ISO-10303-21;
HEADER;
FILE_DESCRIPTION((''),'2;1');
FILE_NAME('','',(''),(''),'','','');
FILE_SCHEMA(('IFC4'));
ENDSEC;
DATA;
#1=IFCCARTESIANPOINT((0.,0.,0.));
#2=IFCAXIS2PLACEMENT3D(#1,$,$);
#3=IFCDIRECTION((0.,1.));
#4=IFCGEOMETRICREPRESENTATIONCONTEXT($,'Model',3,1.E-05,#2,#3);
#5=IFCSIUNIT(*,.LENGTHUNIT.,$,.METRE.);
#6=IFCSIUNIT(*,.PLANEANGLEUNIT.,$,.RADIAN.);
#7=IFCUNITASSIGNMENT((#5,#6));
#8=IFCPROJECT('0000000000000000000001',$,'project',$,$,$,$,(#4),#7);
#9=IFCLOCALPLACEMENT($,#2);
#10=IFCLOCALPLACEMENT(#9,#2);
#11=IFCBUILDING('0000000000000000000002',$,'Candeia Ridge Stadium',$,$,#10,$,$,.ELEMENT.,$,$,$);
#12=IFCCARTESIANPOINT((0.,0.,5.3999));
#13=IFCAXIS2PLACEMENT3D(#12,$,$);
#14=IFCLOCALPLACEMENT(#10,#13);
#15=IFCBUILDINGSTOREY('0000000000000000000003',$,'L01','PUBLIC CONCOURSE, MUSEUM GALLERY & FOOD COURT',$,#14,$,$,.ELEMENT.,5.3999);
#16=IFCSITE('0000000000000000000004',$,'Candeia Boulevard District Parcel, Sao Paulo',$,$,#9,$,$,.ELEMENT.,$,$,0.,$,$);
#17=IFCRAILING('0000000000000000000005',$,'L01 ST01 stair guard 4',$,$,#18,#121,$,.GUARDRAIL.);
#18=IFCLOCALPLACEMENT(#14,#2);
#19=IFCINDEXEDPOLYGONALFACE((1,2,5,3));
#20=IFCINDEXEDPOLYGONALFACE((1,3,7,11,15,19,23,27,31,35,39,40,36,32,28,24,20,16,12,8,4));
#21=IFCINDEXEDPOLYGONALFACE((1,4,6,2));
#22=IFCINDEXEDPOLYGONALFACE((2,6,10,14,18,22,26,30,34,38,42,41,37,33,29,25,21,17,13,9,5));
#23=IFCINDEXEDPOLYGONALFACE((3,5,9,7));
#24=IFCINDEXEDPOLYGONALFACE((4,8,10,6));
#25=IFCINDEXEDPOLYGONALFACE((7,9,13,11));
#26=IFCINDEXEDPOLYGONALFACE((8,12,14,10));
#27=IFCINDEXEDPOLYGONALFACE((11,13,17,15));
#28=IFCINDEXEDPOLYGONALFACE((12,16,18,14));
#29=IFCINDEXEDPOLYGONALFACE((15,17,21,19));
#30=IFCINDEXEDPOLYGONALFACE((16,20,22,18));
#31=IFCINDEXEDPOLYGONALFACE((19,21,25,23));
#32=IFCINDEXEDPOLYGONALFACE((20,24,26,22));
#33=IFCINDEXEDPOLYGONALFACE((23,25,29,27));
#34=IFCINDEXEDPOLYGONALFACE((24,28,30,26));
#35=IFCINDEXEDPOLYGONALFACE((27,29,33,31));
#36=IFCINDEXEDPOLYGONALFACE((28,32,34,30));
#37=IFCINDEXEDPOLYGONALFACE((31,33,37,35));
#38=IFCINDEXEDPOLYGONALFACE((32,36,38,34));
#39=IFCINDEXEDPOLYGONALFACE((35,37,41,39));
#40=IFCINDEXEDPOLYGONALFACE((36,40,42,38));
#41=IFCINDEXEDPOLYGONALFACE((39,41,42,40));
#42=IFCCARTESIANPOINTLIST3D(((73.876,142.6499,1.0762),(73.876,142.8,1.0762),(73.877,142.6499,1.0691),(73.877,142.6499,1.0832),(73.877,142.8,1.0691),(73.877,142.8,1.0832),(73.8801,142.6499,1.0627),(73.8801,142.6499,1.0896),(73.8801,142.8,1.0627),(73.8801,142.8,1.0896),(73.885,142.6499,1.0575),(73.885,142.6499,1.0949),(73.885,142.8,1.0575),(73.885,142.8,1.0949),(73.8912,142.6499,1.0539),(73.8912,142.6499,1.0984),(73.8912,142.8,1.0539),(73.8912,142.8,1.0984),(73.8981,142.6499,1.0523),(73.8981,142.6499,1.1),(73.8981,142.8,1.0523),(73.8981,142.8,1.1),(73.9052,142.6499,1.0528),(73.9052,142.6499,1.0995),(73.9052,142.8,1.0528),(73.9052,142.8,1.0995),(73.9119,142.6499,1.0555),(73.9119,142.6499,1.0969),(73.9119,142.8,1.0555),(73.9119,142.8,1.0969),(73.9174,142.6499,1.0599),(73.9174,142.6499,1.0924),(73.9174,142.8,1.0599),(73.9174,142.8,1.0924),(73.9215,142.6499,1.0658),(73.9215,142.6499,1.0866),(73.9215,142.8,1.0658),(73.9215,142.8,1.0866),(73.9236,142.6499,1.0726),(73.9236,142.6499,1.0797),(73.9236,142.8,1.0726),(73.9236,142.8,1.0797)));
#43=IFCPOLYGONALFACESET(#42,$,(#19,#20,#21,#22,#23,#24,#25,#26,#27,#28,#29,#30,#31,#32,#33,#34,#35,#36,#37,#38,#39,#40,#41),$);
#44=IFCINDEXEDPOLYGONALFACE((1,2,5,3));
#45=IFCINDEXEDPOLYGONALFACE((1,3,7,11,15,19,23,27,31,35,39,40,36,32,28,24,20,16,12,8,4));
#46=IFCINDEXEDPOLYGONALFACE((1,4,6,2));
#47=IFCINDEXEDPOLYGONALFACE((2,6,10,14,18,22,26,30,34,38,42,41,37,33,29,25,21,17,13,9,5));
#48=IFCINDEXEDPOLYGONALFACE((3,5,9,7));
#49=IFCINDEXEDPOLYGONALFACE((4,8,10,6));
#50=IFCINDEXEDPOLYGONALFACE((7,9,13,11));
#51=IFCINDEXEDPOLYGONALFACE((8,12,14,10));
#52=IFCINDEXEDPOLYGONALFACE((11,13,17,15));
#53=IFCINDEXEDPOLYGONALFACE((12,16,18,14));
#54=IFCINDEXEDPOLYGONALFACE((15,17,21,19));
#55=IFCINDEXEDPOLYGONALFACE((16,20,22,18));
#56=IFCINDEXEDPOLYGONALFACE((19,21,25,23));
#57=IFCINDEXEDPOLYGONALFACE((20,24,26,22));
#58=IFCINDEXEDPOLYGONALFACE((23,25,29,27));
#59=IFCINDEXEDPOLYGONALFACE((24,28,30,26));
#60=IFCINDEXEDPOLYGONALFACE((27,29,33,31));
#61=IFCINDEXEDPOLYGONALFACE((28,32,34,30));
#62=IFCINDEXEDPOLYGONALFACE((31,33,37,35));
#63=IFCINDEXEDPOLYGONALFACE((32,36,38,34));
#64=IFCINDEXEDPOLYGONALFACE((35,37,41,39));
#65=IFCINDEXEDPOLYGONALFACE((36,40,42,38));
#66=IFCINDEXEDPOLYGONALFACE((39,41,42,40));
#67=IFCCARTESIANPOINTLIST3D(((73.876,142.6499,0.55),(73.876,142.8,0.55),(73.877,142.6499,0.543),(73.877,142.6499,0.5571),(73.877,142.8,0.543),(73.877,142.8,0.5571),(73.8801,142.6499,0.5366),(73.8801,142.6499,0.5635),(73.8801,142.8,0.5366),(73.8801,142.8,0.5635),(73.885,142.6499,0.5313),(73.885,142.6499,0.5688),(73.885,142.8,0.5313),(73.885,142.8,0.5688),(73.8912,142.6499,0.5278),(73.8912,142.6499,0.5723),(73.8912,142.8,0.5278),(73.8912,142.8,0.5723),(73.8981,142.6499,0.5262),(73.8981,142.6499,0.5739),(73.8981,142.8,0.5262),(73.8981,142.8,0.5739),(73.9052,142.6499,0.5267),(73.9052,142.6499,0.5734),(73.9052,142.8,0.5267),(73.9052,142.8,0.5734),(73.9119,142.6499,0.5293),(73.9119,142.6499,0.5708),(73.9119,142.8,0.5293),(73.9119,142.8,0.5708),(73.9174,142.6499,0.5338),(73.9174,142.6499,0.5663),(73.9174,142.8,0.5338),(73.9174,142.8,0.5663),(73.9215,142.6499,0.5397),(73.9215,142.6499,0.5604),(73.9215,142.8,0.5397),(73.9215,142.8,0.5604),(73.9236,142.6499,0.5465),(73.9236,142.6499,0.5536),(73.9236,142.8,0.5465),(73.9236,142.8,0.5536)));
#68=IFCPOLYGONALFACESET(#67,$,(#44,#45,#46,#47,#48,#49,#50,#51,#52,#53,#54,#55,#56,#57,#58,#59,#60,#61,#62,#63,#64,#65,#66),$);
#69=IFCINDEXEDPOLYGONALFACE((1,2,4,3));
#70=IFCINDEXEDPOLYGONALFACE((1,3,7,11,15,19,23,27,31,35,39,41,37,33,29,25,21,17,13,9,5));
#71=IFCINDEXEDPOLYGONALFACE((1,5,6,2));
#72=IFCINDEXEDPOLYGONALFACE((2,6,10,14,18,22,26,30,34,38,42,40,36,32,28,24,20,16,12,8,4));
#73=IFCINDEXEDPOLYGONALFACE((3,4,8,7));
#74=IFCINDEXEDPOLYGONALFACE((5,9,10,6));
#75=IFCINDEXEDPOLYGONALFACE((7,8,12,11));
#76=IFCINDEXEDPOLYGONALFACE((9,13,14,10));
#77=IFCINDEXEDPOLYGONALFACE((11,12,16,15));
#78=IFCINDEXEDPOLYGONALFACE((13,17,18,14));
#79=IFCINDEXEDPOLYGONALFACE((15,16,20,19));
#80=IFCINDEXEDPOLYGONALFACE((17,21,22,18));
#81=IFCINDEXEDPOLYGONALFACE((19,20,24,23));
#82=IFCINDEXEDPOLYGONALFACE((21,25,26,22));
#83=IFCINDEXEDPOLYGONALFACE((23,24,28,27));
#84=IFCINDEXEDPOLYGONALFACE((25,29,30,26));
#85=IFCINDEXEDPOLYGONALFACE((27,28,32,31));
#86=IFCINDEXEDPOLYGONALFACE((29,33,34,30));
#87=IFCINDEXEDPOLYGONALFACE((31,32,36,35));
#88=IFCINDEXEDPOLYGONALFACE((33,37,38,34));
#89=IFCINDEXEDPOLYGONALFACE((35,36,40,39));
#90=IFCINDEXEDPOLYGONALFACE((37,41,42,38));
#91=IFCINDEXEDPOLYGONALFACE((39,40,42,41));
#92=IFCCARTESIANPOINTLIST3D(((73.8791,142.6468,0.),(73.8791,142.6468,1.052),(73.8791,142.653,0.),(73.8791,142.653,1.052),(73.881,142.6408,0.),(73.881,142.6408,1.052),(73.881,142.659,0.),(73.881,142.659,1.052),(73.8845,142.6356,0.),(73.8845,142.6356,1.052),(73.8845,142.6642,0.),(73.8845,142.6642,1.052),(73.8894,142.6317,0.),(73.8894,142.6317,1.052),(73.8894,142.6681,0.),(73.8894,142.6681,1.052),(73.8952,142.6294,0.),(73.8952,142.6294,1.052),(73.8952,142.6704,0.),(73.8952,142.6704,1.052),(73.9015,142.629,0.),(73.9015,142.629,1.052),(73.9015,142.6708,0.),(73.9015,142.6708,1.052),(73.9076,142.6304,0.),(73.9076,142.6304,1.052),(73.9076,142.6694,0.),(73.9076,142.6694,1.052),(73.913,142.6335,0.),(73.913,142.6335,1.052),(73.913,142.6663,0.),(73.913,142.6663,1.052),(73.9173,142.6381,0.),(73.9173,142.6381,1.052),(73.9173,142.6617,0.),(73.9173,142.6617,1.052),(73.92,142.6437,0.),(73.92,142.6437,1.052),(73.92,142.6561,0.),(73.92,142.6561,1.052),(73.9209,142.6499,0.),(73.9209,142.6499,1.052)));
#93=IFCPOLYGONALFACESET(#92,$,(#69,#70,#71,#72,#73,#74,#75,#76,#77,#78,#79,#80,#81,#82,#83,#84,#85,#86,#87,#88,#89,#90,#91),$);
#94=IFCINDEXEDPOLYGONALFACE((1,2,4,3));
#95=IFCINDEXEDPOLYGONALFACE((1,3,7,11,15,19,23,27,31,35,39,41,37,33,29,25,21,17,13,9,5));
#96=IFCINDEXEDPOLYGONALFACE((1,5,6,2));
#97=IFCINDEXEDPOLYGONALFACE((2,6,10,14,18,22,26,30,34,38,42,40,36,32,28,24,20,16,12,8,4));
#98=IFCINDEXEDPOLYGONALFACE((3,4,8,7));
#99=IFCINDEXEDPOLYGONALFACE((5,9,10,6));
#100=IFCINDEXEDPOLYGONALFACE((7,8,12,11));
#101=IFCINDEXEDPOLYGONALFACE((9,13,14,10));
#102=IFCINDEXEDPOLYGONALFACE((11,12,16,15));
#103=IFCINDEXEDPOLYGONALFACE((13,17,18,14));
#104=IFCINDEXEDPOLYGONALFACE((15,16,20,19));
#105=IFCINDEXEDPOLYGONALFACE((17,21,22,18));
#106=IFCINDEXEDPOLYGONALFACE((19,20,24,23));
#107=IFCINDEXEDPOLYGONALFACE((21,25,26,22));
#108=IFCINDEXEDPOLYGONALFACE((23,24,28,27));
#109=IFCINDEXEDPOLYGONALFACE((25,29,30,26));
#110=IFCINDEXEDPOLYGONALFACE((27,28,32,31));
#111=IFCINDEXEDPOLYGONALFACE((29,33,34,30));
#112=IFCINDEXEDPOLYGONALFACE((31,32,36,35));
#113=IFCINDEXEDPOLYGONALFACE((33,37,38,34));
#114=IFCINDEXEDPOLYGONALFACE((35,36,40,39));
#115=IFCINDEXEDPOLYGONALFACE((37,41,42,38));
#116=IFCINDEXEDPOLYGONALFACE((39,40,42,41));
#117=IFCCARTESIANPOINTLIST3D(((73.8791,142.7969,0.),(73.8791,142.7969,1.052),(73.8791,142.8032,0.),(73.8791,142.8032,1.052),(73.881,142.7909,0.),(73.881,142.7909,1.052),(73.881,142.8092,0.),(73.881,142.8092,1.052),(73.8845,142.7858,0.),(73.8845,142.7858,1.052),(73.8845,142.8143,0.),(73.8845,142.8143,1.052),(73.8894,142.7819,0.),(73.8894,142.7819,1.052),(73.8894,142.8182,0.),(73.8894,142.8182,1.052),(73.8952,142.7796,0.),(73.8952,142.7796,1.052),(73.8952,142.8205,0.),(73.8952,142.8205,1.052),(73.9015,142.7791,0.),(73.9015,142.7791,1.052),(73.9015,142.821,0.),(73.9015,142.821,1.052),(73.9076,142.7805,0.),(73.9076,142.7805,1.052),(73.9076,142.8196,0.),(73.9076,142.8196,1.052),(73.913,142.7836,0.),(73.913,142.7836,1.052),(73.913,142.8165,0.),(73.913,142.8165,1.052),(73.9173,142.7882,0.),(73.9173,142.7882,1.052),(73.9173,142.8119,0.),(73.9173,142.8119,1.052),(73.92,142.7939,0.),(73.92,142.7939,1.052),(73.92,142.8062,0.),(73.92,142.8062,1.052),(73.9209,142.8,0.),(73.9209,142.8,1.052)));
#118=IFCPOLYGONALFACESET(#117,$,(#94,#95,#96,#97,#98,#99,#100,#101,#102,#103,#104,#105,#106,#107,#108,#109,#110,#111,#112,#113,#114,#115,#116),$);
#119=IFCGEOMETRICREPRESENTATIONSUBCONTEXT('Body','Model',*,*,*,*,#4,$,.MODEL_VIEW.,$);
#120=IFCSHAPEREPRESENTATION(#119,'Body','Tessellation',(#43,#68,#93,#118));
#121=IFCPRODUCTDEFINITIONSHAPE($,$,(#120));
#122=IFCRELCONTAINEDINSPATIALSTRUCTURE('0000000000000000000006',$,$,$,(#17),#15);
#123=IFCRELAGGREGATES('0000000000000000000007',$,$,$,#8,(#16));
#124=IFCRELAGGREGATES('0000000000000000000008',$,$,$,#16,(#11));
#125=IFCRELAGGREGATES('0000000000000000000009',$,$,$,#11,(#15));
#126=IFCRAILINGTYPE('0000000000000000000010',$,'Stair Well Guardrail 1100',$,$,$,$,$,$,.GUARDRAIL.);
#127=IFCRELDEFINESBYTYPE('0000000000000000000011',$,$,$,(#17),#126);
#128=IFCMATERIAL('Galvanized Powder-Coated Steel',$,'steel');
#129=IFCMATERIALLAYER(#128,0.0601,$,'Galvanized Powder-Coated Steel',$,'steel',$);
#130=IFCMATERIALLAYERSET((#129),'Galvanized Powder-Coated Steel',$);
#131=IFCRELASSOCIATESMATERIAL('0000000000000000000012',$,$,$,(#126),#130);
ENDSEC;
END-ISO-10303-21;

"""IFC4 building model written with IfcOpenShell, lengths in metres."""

from ifc_helpers import new_model, si_unit, direction, frame, origin, origin_2d, place, context, subcontext, project, spatial, circle, extrude, material, layer, layer_set, type_object, element, save


model = new_model("IFC4")

# Units and contexts
model_context = context("Model", 3, precision=1e-05, world=origin(), true_north=direction((0.0, 1.0)))
body_context = subcontext(model_context, "Body", "Model", "MODEL_VIEW")
ifc_project = project(units=[si_unit("LENGTHUNIT", "METRE"), si_unit("PLANEANGLEUNIT", "RADIAN")], contexts=[model_context])

# Site, building, storey
site_placement = place(None, origin())
site = spatial("IfcSite", under=ifc_project, at=site_placement, Name="Candeia Boulevard District Parcel, Sao Paulo", CompositionType="ELEMENT", RefElevation=0.0)
building_placement = place(site_placement, origin())
building = spatial("IfcBuilding", under=site, at=building_placement, Name="Candeia Ridge Stadium", CompositionType="ELEMENT")
storey_placement = place(building_placement, frame((0.0, 0.0, 5.3999)))
storey = spatial("IfcBuildingStorey", under=building, at=storey_placement, Name="L01", Description="PUBLIC CONCOURSE, MUSEUM GALLERY & FOOD COURT", CompositionType="ELEMENT", Elevation=5.3999)

# Railing
ifc_material_1 = material(Name="Galvanized Powder-Coated Steel", Category="steel")
ifc_layer_1 = layer(ifc_material_1, 0.0601, Name="Galvanized Powder-Coated Steel", Category="steel")
ifc_layer_set_1 = layer_set([ifc_layer_1], Name="Galvanized Powder-Coated Steel")
railing_type_1 = type_object("IfcRailingType", Name="Stair Well Guardrail 1100", PredefinedType="GUARDRAIL", material=ifc_layer_set_1)
railing_1_placement = place(storey_placement, frame((73.8999, 142.6499, 0.0)))
element("IfcRailing", 1, at=railing_1_placement, inside=storey, type_object=railing_type_1, Name="L01 ST01 stair guard 4", PredefinedType="GUARDRAIL", context=body_context, shape_type="SweptSolid", body=[
    extrude(circle(Radius=0.0239, at=origin_2d()), frame((0.0, 0.0, 1.0762), z_axis=(0.0, 1.0, 0.0), x_axis=(-1.0, 0.0, 0.0)), (0.0, 0.0, 1.0), 0.1501),
    extrude(circle(Radius=0.0239, at=origin_2d()), frame((0.0, 0.0, 0.55), z_axis=(0.0, 1.0, 0.0), x_axis=(-1.0, 0.0, 0.0)), (0.0, 0.0, 1.0), 0.1501),
    extrude(circle(Radius=0.021, at=origin_2d()), origin(), (0.0, 0.0, 1.0), 1.052),
    extrude(circle(Radius=0.021, at=origin_2d()), frame((0.0, 0.1501, 0.0)), (0.0, 0.0, 1.0), 1.052),
])

save(model, "model.ifc")
